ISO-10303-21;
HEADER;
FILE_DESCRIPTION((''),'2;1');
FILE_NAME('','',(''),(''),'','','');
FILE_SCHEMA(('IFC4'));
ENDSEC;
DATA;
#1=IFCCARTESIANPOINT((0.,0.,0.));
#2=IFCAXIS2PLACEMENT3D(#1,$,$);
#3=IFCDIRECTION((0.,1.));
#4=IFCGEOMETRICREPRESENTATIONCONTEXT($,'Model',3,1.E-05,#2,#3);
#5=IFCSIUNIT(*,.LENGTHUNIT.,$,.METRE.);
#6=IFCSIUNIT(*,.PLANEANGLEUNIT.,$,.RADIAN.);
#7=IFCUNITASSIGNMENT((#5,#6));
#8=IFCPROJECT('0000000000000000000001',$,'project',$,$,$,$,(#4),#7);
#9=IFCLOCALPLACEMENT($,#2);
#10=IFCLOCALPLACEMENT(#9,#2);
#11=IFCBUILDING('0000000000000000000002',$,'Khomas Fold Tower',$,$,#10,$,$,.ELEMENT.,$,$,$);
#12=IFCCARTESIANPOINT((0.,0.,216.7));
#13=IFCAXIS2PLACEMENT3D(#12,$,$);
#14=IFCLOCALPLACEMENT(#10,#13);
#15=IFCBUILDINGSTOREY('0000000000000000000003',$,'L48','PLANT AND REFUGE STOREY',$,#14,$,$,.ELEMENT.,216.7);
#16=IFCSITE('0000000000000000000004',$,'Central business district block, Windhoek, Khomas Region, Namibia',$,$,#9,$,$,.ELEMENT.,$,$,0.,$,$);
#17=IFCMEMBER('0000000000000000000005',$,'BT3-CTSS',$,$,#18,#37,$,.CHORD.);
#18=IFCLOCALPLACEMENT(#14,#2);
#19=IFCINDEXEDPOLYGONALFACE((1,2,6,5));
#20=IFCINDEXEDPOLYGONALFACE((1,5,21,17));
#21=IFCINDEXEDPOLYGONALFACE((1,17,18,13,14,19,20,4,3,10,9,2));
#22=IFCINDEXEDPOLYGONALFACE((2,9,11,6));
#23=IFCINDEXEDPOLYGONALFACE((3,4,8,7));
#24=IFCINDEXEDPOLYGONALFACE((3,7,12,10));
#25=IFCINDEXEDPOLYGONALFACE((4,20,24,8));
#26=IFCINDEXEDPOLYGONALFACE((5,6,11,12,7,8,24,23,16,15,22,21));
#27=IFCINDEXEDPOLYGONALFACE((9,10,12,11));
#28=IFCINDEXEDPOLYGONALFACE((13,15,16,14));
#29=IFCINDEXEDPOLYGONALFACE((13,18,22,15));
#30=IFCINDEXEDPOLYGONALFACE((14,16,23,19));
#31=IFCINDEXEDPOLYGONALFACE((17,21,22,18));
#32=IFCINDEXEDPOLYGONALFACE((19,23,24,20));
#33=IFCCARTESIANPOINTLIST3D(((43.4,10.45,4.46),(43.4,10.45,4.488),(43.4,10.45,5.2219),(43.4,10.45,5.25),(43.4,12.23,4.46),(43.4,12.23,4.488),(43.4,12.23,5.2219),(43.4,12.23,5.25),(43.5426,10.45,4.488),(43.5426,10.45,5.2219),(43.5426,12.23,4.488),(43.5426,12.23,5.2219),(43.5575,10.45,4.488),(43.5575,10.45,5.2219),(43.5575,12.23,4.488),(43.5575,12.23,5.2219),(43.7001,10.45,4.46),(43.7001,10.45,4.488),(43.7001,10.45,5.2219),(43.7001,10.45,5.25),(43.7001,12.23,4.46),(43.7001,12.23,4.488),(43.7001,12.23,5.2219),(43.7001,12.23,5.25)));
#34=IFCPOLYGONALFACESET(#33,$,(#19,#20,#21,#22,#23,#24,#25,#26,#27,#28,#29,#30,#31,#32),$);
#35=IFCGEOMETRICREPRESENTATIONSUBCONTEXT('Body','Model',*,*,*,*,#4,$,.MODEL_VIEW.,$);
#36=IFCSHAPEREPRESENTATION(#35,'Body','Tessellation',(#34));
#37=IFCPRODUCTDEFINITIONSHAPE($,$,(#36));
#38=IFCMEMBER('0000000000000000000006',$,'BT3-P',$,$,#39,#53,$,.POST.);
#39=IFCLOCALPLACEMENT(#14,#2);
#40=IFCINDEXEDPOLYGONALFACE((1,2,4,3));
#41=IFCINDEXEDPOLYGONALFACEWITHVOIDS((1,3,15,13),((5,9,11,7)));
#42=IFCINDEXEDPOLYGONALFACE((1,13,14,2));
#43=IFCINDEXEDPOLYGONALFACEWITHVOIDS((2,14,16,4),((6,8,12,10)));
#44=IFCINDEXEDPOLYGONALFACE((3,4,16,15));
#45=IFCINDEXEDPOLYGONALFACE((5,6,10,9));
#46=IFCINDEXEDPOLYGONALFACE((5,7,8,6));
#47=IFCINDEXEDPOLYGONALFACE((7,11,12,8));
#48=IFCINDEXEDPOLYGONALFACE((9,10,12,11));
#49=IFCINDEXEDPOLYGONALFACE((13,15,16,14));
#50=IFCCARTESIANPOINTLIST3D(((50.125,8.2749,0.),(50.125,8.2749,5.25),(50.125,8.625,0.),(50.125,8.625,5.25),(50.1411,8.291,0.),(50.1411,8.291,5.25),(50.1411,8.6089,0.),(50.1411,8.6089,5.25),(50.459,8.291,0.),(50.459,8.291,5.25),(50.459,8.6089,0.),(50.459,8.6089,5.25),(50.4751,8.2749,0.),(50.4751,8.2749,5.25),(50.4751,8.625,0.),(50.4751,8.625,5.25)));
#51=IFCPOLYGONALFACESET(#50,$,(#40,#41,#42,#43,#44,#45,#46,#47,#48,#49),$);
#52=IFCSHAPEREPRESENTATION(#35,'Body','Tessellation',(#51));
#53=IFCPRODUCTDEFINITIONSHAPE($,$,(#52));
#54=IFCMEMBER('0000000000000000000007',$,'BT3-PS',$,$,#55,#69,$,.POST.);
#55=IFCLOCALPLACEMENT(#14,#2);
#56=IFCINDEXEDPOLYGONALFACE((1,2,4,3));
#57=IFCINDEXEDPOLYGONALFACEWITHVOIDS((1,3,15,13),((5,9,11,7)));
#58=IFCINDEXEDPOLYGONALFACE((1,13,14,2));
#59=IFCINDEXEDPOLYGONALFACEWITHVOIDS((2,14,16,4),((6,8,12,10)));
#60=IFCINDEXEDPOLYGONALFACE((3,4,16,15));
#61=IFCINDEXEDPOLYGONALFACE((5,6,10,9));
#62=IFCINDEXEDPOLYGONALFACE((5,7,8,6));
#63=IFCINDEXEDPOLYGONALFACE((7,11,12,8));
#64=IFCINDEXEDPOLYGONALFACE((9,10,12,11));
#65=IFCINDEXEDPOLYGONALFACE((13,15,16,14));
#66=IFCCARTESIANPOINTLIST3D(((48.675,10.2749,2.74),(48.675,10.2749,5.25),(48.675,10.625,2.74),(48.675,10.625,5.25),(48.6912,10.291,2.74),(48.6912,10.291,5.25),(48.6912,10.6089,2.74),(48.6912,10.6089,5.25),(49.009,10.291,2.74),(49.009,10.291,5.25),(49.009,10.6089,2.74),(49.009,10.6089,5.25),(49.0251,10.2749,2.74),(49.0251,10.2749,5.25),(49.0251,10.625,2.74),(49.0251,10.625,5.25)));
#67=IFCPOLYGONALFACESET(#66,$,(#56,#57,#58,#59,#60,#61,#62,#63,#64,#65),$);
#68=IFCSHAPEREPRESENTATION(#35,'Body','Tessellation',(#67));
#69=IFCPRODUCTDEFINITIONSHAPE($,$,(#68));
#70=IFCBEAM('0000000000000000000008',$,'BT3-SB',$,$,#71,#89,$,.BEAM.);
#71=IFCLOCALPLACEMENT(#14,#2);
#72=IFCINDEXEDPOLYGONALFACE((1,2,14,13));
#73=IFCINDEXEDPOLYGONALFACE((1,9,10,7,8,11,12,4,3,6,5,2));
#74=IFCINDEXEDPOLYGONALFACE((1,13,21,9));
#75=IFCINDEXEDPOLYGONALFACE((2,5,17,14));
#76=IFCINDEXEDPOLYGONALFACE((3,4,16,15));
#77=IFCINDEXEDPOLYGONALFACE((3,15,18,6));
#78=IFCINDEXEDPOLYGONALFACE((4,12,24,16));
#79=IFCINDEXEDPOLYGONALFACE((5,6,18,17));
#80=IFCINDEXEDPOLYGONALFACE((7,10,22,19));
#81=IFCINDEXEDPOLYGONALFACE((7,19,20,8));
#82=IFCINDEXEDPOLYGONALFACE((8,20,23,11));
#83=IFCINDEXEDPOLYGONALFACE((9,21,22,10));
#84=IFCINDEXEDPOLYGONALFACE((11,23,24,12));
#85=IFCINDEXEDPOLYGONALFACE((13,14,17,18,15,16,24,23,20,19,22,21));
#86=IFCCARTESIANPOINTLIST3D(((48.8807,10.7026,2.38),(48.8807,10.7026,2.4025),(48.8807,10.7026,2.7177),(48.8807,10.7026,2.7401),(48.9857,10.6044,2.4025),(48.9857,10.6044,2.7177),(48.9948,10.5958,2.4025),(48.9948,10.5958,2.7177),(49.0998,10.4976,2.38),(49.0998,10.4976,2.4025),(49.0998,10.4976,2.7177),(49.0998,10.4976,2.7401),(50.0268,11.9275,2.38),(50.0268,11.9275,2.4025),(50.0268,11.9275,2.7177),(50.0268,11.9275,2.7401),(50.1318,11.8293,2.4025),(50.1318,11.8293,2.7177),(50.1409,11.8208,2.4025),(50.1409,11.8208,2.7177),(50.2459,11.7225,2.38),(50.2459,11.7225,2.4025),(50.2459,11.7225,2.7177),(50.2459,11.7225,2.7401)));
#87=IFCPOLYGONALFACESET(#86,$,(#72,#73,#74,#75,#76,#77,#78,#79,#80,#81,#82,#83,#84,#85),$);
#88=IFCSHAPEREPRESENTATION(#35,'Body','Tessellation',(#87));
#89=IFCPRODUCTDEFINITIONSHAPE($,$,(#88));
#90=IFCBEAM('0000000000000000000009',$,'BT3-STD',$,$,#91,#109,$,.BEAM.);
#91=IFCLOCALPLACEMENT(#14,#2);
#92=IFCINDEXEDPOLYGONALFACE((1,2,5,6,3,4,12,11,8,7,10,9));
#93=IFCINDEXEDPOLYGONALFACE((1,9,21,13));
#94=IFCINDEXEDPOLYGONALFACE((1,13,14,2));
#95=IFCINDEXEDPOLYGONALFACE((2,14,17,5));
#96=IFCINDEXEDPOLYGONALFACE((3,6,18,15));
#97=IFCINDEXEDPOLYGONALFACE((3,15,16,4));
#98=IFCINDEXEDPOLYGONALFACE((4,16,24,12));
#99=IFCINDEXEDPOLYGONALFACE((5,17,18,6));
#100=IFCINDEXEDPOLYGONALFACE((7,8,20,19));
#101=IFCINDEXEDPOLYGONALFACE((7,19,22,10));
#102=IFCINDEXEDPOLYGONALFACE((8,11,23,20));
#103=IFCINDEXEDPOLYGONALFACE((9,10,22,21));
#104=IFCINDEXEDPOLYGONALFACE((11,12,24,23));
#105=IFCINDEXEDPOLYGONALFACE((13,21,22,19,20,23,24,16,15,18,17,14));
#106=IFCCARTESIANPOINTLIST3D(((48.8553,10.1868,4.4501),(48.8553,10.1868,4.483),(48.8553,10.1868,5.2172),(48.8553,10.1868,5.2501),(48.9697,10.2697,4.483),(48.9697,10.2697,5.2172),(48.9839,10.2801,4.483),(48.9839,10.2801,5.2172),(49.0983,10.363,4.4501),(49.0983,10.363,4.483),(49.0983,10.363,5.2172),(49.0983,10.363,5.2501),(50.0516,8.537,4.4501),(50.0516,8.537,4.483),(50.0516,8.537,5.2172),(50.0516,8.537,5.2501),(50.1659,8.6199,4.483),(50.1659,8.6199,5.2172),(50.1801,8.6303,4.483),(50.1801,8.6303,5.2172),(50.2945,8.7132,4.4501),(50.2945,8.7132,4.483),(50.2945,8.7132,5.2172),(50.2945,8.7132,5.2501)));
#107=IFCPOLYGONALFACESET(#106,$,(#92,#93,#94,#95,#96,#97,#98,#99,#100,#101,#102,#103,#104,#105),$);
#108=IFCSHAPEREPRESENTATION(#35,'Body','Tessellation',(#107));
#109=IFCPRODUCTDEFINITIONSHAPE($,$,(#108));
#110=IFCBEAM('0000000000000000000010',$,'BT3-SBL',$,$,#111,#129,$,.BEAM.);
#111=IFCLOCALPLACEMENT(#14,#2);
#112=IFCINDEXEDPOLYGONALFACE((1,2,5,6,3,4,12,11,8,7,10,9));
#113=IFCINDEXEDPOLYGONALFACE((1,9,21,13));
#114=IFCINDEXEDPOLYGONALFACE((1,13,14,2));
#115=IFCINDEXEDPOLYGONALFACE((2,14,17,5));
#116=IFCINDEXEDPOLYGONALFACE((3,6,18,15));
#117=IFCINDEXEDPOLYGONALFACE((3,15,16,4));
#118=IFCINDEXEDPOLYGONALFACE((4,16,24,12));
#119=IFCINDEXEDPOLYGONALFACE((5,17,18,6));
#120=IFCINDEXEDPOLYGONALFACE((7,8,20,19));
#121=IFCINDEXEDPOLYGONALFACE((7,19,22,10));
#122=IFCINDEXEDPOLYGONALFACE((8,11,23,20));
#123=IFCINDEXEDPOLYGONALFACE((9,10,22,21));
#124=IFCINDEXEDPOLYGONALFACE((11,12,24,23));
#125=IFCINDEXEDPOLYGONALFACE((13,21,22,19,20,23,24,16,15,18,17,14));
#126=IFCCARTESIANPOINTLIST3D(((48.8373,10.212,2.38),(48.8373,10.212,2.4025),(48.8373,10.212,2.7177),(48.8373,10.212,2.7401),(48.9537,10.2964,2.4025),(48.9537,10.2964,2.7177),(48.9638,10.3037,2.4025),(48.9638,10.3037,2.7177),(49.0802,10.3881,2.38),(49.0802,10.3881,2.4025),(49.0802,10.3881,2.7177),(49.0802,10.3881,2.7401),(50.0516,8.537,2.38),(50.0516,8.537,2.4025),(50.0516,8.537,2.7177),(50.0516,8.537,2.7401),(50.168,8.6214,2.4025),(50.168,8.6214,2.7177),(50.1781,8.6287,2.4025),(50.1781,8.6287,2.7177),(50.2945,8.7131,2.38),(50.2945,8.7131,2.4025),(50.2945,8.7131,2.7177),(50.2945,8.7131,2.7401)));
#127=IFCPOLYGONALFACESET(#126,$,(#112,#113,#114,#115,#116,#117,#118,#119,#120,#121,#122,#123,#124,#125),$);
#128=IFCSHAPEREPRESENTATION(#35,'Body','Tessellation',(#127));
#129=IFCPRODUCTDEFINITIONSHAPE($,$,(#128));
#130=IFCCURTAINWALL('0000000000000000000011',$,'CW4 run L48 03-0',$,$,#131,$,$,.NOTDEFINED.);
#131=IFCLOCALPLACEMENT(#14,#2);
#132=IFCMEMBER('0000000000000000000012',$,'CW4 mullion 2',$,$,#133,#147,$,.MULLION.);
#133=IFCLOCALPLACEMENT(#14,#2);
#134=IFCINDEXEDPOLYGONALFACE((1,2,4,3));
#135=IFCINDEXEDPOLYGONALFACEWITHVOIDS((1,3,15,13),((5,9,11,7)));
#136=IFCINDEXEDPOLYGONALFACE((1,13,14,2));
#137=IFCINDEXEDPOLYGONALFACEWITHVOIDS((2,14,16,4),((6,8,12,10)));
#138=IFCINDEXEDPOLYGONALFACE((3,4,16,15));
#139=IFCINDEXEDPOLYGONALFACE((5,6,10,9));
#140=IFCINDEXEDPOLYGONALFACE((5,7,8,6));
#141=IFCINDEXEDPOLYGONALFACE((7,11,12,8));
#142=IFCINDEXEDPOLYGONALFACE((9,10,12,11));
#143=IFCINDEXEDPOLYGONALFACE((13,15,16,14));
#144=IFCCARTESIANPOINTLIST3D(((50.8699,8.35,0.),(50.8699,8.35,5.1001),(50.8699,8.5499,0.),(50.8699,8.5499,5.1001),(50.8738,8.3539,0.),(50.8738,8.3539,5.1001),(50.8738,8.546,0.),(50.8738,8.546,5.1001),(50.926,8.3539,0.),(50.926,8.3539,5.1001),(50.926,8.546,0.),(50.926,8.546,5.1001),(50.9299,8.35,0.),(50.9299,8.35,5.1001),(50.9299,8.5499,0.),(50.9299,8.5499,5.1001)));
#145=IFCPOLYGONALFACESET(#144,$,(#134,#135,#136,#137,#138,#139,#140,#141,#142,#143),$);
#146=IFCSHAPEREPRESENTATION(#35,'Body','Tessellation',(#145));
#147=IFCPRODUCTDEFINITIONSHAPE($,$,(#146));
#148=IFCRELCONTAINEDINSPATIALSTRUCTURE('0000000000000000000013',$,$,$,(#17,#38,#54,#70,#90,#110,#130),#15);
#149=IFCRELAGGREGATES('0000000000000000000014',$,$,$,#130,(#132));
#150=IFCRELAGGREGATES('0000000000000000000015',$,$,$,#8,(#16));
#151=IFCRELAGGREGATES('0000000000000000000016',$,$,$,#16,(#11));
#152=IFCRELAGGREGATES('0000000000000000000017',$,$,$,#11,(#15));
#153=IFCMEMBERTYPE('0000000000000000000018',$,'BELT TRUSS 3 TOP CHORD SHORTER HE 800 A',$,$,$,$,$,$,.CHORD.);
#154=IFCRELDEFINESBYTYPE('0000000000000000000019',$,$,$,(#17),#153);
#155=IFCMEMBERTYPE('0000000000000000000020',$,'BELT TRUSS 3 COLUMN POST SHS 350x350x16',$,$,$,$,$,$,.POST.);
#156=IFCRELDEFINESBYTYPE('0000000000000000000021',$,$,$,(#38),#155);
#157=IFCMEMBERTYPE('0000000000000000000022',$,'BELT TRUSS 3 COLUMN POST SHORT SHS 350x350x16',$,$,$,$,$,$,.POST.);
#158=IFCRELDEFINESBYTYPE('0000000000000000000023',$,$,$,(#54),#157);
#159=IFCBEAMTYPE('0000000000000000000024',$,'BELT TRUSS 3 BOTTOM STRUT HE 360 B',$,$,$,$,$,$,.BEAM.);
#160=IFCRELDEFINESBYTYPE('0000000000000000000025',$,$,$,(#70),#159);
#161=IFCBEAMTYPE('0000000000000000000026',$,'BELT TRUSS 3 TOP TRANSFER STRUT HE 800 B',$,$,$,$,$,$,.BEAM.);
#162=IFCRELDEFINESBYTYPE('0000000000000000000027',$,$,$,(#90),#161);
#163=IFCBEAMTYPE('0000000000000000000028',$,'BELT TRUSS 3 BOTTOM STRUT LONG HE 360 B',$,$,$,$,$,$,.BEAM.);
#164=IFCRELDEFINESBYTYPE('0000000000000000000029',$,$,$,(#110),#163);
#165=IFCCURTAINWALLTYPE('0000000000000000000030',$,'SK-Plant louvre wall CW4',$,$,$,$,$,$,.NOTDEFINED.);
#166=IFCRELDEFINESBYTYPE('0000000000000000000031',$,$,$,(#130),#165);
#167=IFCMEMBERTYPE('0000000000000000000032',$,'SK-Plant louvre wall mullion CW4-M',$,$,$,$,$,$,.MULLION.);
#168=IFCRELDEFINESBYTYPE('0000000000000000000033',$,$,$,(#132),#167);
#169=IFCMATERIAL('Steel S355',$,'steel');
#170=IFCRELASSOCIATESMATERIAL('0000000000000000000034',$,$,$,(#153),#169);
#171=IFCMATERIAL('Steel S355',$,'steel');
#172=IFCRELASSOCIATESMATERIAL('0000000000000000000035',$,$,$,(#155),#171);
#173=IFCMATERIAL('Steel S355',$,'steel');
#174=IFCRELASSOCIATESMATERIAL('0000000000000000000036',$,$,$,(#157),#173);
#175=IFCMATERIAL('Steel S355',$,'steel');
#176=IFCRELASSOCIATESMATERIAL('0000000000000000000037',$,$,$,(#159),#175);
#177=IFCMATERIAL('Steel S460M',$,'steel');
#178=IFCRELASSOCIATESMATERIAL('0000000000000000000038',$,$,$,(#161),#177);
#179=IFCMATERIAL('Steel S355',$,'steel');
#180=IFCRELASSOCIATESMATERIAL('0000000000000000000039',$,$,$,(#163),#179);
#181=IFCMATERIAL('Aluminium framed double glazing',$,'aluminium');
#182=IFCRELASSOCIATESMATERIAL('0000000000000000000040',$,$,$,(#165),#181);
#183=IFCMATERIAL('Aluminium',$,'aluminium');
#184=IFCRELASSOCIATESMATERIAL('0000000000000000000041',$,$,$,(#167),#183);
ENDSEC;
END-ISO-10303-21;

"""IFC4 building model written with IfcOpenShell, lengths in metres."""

from ifc_helpers import new_model, si_unit, direction, frame, origin, origin_2d, place, context, subcontext, project, spatial, hollow_rectangle, i_section, extrude, source, transform, mapped, material, material_profile, profile_set, type_object, element, aggregate, save


model = new_model("IFC4")

# Units and contexts
model_context = context("Model", 3, precision=1e-05, world=origin(), true_north=direction((0.0, 1.0)))
body_context = subcontext(model_context, "Body", "Model", "MODEL_VIEW")
ifc_project = project(units=[si_unit("LENGTHUNIT", "METRE"), si_unit("PLANEANGLEUNIT", "RADIAN")], contexts=[model_context])

# Site, building, storey
site_placement = place(None, origin())
site = spatial("IfcSite", under=ifc_project, at=site_placement, Name="Central business district block, Windhoek, Khomas Region, Namibia", CompositionType="ELEMENT", RefElevation=0.0)
building_placement = place(site_placement, origin())
building = spatial("IfcBuilding", under=site, at=building_placement, Name="Khomas Fold Tower", CompositionType="ELEMENT")
storey_placement = place(building_placement, frame((0.0, 0.0, 216.7)))
storey = spatial("IfcBuildingStorey", under=building, at=storey_placement, Name="L48", Description="PLANT AND REFUGE STOREY", CompositionType="ELEMENT", Elevation=216.7)

# Members
ifc_material_1 = material(Name="Steel S355", Category="steel")
ifc_material_profile_1 = material_profile(ifc_material_1, i_section(OverallWidth=0.3, OverallDepth=0.79, WebThickness=0.0149, FlangeThickness=0.0281, at=origin_2d()), Name="HE 800 A")
ifc_profile_set_1 = profile_set([ifc_material_profile_1], Name="Steel S355")
member_type_1 = type_object("IfcMemberType", Name="BELT TRUSS 3 TOP CHORD SHORTER HE 800 A", PredefinedType="CHORD", material=ifc_profile_set_1)
shared_shape_1 = source(origin(), body_context, "Body", "SweptSolid", [
    extrude(i_section(OverallWidth=0.3, OverallDepth=0.79, WebThickness=0.0149, FlangeThickness=0.0281, at=origin_2d()), origin(), (0.0, 0.0, 1.0), 1.78),
])
member_1_placement = place(storey_placement, frame((43.55, 10.45, 4.855), z_axis=(0.0, 1.0, 0.0), x_axis=(-1.0, 0.0, 0.0)))
element("IfcMember", 1, at=member_1_placement, inside=storey, type_object=member_type_1, Name="BT3-CTSS", PredefinedType="CHORD", context=body_context, shape_type="MappedRepresentation", body=[
    mapped(shared_shape_1, transform((0.0, 0.0, 0.0))),
])
ifc_material_2 = material(Name="Steel S355", Category="steel")
ifc_material_profile_2 = material_profile(ifc_material_2, hollow_rectangle(XDim=0.3501, YDim=0.3501, WallThickness=0.0161, at=origin_2d()), Name="SHS 350x350x16")
ifc_profile_set_2 = profile_set([ifc_material_profile_2], Name="Steel S355")
member_type_2 = type_object("IfcMemberType", Name="BELT TRUSS 3 COLUMN POST SHS 350x350x16", PredefinedType="POST", material=ifc_profile_set_2)
shared_shape_2 = source(origin(), body_context, "Body", "SweptSolid", [
    extrude(hollow_rectangle(XDim=0.3501, YDim=0.3501, WallThickness=0.0161, at=origin_2d()), origin(), (0.0, 0.0, 1.0), 5.25),
])
member_2_placement = place(storey_placement, frame((50.3, 8.45, 0.0), z_axis=(0.0, 0.0, 1.0), x_axis=(1.0, 0.0, 0.0)))
element("IfcMember", 2, at=member_2_placement, inside=storey, type_object=member_type_2, Name="BT3-P", PredefinedType="POST", context=body_context, shape_type="MappedRepresentation", body=[
    mapped(shared_shape_2, transform((0.0, 0.0, 0.0))),
])
ifc_material_3 = material(Name="Steel S355", Category="steel")
ifc_material_profile_3 = material_profile(ifc_material_3, hollow_rectangle(XDim=0.3501, YDim=0.3501, WallThickness=0.0161, at=origin_2d()), Name="SHS 350x350x16")
ifc_profile_set_3 = profile_set([ifc_material_profile_3], Name="Steel S355")
member_type_3 = type_object("IfcMemberType", Name="BELT TRUSS 3 COLUMN POST SHORT SHS 350x350x16", PredefinedType="POST", material=ifc_profile_set_3)
shared_shape_3 = source(origin(), body_context, "Body", "SweptSolid", [
    extrude(hollow_rectangle(XDim=0.3501, YDim=0.3501, WallThickness=0.0161, at=origin_2d()), origin(), (0.0, 0.0, 1.0), 2.51),
])
member_3_placement = place(storey_placement, frame((48.8501, 10.45, 2.74), z_axis=(0.0, 0.0, 1.0), x_axis=(1.0, 0.0, 0.0)))
element("IfcMember", 3, at=member_3_placement, inside=storey, type_object=member_type_3, Name="BT3-PS", PredefinedType="POST", context=body_context, shape_type="MappedRepresentation", body=[
    mapped(shared_shape_3, transform((0.0, 0.0, 0.0))),
])

# Beams
ifc_material_4 = material(Name="Steel S355", Category="steel")
ifc_material_profile_4 = material_profile(ifc_material_4, i_section(OverallWidth=0.3, OverallDepth=0.3601, WebThickness=0.0125, FlangeThickness=0.0225, at=origin_2d()), Name="HE 360 B")
ifc_profile_set_4 = profile_set([ifc_material_profile_4], Name="Steel S355")
beam_type_1 = type_object("IfcBeamType", Name="BELT TRUSS 3 BOTTOM STRUT HE 360 B", PredefinedType="BEAM", material=ifc_profile_set_4)
shared_shape_4 = source(origin(), body_context, "Body", "SweptSolid", [
    extrude(i_section(OverallWidth=0.3, OverallDepth=0.3601, WebThickness=0.0125, FlangeThickness=0.0225, at=origin_2d()), origin(), (0.0, 0.0, 1.0), 1.6775),
])
beam_1_placement = place(storey_placement, frame((48.9902, 10.6001, 2.5601), z_axis=(0.68321, 0.730222, 0.0), x_axis=(-0.730222, 0.68321, 0.0)))
element("IfcBeam", 4, at=beam_1_placement, inside=storey, type_object=beam_type_1, Name="BT3-SB", PredefinedType="BEAM", context=body_context, shape_type="MappedRepresentation", body=[
    mapped(shared_shape_4, transform((0.0, 0.0, 0.0))),
])
ifc_material_5 = material(Name="Steel S460M", Category="steel")
ifc_material_profile_5 = material_profile(ifc_material_5, i_section(OverallWidth=0.3, OverallDepth=0.8, WebThickness=0.0176, FlangeThickness=0.033, at=origin_2d()), Name="HE 800 B")
ifc_profile_set_5 = profile_set([ifc_material_profile_5], Name="Steel S460M")
beam_type_2 = type_object("IfcBeamType", Name="BELT TRUSS 3 TOP TRANSFER STRUT HE 800 B", PredefinedType="BEAM", material=ifc_profile_set_5)
shared_shape_5 = source(origin(), body_context, "Body", "SweptSolid", [
    extrude(i_section(OverallWidth=0.3, OverallDepth=0.8, WebThickness=0.0176, FlangeThickness=0.033, at=origin_2d()), origin(), (0.0, 0.0, 1.0), 2.0378),
])
beam_2_placement = place(storey_placement, frame((48.9768, 10.2749, 4.8501), z_axis=(0.587003, -0.809585, 0.0), x_axis=(0.809585, 0.587003, 0.0)))
element("IfcBeam", 5, at=beam_2_placement, inside=storey, type_object=beam_type_2, Name="BT3-STD", PredefinedType="BEAM", context=body_context, shape_type="MappedRepresentation", body=[
    mapped(shared_shape_5, transform((0.0, 0.0, 0.0))),
])
ifc_material_6 = material(Name="Steel S355", Category="steel")
ifc_material_profile_6 = material_profile(ifc_material_6, i_section(OverallWidth=0.3, OverallDepth=0.3601, WebThickness=0.0125, FlangeThickness=0.0225, at=origin_2d()), Name="HE 360 B")
ifc_profile_set_6 = profile_set([ifc_material_profile_6], Name="Steel S355")
beam_type_3 = type_object("IfcBeamType", Name="BELT TRUSS 3 BOTTOM STRUT LONG HE 360 B", PredefinedType="BEAM", material=ifc_profile_set_6)
shared_shape_6 = source(origin(), body_context, "Body", "SweptSolid", [
    extrude(i_section(OverallWidth=0.3, OverallDepth=0.3601, WebThickness=0.0125, FlangeThickness=0.0225, at=origin_2d()), origin(), (0.0, 0.0, 1.0), 2.0688),
])
beam_3_placement = place(storey_placement, frame((48.9587, 10.3, 2.5601), z_axis=(0.58695, -0.809623, 0.0), x_axis=(0.809623, 0.58695, 0.0)))
element("IfcBeam", 6, at=beam_3_placement, inside=storey, type_object=beam_type_3, Name="BT3-SBL", PredefinedType="BEAM", context=body_context, shape_type="MappedRepresentation", body=[
    mapped(shared_shape_6, transform((0.0, 0.0, 0.0))),
])

# Curtain wall, member
ifc_material_7 = material(Name="Aluminium framed double glazing", Category="aluminium")
curtain_wall_type = type_object("IfcCurtainWallType", Name="SK-Plant louvre wall CW4", PredefinedType="NOTDEFINED", material=ifc_material_7)
curtain_wall_placement = place(storey_placement, origin())
curtain_wall = element("IfcCurtainWall", 7, at=curtain_wall_placement, inside=storey, type_object=curtain_wall_type, Name="CW4 run L48 03-0", PredefinedType="NOTDEFINED")
ifc_material_8 = material(Name="Aluminium", Category="aluminium")
ifc_material_profile_7 = material_profile(ifc_material_8, hollow_rectangle(XDim=0.0601, YDim=0.2, WallThickness=0.0039, at=origin_2d()), Name="SK-Plant louvre wall mullion CW4-M")
ifc_profile_set_7 = profile_set([ifc_material_profile_7], Name="Aluminium")
member_type_4 = type_object("IfcMemberType", Name="SK-Plant louvre wall mullion CW4-M", PredefinedType="MULLION", material=ifc_profile_set_7)
shared_shape_7 = source(origin(), body_context, "Body", "SweptSolid", [
    extrude(hollow_rectangle(XDim=0.0601, YDim=0.2, WallThickness=0.0039, at=origin_2d()), origin(), (0.0, 0.0, 1.0), 5.1001),
])
member_4_placement = place(storey_placement, frame((50.8999, 8.45, 0.0), z_axis=(0.0, 0.0, 1.0), x_axis=(-1.0, 0.0, 0.0)))
member_4 = element("IfcMember", 8, at=member_4_placement, type_object=member_type_4, Name="CW4 mullion 2", PredefinedType="MULLION", context=body_context, shape_type="MappedRepresentation", body=[
    mapped(shared_shape_7, transform((0.0, 0.0, 0.0))),
])
aggregate(curtain_wall, [member_4])

save(model, "model.ifc")
